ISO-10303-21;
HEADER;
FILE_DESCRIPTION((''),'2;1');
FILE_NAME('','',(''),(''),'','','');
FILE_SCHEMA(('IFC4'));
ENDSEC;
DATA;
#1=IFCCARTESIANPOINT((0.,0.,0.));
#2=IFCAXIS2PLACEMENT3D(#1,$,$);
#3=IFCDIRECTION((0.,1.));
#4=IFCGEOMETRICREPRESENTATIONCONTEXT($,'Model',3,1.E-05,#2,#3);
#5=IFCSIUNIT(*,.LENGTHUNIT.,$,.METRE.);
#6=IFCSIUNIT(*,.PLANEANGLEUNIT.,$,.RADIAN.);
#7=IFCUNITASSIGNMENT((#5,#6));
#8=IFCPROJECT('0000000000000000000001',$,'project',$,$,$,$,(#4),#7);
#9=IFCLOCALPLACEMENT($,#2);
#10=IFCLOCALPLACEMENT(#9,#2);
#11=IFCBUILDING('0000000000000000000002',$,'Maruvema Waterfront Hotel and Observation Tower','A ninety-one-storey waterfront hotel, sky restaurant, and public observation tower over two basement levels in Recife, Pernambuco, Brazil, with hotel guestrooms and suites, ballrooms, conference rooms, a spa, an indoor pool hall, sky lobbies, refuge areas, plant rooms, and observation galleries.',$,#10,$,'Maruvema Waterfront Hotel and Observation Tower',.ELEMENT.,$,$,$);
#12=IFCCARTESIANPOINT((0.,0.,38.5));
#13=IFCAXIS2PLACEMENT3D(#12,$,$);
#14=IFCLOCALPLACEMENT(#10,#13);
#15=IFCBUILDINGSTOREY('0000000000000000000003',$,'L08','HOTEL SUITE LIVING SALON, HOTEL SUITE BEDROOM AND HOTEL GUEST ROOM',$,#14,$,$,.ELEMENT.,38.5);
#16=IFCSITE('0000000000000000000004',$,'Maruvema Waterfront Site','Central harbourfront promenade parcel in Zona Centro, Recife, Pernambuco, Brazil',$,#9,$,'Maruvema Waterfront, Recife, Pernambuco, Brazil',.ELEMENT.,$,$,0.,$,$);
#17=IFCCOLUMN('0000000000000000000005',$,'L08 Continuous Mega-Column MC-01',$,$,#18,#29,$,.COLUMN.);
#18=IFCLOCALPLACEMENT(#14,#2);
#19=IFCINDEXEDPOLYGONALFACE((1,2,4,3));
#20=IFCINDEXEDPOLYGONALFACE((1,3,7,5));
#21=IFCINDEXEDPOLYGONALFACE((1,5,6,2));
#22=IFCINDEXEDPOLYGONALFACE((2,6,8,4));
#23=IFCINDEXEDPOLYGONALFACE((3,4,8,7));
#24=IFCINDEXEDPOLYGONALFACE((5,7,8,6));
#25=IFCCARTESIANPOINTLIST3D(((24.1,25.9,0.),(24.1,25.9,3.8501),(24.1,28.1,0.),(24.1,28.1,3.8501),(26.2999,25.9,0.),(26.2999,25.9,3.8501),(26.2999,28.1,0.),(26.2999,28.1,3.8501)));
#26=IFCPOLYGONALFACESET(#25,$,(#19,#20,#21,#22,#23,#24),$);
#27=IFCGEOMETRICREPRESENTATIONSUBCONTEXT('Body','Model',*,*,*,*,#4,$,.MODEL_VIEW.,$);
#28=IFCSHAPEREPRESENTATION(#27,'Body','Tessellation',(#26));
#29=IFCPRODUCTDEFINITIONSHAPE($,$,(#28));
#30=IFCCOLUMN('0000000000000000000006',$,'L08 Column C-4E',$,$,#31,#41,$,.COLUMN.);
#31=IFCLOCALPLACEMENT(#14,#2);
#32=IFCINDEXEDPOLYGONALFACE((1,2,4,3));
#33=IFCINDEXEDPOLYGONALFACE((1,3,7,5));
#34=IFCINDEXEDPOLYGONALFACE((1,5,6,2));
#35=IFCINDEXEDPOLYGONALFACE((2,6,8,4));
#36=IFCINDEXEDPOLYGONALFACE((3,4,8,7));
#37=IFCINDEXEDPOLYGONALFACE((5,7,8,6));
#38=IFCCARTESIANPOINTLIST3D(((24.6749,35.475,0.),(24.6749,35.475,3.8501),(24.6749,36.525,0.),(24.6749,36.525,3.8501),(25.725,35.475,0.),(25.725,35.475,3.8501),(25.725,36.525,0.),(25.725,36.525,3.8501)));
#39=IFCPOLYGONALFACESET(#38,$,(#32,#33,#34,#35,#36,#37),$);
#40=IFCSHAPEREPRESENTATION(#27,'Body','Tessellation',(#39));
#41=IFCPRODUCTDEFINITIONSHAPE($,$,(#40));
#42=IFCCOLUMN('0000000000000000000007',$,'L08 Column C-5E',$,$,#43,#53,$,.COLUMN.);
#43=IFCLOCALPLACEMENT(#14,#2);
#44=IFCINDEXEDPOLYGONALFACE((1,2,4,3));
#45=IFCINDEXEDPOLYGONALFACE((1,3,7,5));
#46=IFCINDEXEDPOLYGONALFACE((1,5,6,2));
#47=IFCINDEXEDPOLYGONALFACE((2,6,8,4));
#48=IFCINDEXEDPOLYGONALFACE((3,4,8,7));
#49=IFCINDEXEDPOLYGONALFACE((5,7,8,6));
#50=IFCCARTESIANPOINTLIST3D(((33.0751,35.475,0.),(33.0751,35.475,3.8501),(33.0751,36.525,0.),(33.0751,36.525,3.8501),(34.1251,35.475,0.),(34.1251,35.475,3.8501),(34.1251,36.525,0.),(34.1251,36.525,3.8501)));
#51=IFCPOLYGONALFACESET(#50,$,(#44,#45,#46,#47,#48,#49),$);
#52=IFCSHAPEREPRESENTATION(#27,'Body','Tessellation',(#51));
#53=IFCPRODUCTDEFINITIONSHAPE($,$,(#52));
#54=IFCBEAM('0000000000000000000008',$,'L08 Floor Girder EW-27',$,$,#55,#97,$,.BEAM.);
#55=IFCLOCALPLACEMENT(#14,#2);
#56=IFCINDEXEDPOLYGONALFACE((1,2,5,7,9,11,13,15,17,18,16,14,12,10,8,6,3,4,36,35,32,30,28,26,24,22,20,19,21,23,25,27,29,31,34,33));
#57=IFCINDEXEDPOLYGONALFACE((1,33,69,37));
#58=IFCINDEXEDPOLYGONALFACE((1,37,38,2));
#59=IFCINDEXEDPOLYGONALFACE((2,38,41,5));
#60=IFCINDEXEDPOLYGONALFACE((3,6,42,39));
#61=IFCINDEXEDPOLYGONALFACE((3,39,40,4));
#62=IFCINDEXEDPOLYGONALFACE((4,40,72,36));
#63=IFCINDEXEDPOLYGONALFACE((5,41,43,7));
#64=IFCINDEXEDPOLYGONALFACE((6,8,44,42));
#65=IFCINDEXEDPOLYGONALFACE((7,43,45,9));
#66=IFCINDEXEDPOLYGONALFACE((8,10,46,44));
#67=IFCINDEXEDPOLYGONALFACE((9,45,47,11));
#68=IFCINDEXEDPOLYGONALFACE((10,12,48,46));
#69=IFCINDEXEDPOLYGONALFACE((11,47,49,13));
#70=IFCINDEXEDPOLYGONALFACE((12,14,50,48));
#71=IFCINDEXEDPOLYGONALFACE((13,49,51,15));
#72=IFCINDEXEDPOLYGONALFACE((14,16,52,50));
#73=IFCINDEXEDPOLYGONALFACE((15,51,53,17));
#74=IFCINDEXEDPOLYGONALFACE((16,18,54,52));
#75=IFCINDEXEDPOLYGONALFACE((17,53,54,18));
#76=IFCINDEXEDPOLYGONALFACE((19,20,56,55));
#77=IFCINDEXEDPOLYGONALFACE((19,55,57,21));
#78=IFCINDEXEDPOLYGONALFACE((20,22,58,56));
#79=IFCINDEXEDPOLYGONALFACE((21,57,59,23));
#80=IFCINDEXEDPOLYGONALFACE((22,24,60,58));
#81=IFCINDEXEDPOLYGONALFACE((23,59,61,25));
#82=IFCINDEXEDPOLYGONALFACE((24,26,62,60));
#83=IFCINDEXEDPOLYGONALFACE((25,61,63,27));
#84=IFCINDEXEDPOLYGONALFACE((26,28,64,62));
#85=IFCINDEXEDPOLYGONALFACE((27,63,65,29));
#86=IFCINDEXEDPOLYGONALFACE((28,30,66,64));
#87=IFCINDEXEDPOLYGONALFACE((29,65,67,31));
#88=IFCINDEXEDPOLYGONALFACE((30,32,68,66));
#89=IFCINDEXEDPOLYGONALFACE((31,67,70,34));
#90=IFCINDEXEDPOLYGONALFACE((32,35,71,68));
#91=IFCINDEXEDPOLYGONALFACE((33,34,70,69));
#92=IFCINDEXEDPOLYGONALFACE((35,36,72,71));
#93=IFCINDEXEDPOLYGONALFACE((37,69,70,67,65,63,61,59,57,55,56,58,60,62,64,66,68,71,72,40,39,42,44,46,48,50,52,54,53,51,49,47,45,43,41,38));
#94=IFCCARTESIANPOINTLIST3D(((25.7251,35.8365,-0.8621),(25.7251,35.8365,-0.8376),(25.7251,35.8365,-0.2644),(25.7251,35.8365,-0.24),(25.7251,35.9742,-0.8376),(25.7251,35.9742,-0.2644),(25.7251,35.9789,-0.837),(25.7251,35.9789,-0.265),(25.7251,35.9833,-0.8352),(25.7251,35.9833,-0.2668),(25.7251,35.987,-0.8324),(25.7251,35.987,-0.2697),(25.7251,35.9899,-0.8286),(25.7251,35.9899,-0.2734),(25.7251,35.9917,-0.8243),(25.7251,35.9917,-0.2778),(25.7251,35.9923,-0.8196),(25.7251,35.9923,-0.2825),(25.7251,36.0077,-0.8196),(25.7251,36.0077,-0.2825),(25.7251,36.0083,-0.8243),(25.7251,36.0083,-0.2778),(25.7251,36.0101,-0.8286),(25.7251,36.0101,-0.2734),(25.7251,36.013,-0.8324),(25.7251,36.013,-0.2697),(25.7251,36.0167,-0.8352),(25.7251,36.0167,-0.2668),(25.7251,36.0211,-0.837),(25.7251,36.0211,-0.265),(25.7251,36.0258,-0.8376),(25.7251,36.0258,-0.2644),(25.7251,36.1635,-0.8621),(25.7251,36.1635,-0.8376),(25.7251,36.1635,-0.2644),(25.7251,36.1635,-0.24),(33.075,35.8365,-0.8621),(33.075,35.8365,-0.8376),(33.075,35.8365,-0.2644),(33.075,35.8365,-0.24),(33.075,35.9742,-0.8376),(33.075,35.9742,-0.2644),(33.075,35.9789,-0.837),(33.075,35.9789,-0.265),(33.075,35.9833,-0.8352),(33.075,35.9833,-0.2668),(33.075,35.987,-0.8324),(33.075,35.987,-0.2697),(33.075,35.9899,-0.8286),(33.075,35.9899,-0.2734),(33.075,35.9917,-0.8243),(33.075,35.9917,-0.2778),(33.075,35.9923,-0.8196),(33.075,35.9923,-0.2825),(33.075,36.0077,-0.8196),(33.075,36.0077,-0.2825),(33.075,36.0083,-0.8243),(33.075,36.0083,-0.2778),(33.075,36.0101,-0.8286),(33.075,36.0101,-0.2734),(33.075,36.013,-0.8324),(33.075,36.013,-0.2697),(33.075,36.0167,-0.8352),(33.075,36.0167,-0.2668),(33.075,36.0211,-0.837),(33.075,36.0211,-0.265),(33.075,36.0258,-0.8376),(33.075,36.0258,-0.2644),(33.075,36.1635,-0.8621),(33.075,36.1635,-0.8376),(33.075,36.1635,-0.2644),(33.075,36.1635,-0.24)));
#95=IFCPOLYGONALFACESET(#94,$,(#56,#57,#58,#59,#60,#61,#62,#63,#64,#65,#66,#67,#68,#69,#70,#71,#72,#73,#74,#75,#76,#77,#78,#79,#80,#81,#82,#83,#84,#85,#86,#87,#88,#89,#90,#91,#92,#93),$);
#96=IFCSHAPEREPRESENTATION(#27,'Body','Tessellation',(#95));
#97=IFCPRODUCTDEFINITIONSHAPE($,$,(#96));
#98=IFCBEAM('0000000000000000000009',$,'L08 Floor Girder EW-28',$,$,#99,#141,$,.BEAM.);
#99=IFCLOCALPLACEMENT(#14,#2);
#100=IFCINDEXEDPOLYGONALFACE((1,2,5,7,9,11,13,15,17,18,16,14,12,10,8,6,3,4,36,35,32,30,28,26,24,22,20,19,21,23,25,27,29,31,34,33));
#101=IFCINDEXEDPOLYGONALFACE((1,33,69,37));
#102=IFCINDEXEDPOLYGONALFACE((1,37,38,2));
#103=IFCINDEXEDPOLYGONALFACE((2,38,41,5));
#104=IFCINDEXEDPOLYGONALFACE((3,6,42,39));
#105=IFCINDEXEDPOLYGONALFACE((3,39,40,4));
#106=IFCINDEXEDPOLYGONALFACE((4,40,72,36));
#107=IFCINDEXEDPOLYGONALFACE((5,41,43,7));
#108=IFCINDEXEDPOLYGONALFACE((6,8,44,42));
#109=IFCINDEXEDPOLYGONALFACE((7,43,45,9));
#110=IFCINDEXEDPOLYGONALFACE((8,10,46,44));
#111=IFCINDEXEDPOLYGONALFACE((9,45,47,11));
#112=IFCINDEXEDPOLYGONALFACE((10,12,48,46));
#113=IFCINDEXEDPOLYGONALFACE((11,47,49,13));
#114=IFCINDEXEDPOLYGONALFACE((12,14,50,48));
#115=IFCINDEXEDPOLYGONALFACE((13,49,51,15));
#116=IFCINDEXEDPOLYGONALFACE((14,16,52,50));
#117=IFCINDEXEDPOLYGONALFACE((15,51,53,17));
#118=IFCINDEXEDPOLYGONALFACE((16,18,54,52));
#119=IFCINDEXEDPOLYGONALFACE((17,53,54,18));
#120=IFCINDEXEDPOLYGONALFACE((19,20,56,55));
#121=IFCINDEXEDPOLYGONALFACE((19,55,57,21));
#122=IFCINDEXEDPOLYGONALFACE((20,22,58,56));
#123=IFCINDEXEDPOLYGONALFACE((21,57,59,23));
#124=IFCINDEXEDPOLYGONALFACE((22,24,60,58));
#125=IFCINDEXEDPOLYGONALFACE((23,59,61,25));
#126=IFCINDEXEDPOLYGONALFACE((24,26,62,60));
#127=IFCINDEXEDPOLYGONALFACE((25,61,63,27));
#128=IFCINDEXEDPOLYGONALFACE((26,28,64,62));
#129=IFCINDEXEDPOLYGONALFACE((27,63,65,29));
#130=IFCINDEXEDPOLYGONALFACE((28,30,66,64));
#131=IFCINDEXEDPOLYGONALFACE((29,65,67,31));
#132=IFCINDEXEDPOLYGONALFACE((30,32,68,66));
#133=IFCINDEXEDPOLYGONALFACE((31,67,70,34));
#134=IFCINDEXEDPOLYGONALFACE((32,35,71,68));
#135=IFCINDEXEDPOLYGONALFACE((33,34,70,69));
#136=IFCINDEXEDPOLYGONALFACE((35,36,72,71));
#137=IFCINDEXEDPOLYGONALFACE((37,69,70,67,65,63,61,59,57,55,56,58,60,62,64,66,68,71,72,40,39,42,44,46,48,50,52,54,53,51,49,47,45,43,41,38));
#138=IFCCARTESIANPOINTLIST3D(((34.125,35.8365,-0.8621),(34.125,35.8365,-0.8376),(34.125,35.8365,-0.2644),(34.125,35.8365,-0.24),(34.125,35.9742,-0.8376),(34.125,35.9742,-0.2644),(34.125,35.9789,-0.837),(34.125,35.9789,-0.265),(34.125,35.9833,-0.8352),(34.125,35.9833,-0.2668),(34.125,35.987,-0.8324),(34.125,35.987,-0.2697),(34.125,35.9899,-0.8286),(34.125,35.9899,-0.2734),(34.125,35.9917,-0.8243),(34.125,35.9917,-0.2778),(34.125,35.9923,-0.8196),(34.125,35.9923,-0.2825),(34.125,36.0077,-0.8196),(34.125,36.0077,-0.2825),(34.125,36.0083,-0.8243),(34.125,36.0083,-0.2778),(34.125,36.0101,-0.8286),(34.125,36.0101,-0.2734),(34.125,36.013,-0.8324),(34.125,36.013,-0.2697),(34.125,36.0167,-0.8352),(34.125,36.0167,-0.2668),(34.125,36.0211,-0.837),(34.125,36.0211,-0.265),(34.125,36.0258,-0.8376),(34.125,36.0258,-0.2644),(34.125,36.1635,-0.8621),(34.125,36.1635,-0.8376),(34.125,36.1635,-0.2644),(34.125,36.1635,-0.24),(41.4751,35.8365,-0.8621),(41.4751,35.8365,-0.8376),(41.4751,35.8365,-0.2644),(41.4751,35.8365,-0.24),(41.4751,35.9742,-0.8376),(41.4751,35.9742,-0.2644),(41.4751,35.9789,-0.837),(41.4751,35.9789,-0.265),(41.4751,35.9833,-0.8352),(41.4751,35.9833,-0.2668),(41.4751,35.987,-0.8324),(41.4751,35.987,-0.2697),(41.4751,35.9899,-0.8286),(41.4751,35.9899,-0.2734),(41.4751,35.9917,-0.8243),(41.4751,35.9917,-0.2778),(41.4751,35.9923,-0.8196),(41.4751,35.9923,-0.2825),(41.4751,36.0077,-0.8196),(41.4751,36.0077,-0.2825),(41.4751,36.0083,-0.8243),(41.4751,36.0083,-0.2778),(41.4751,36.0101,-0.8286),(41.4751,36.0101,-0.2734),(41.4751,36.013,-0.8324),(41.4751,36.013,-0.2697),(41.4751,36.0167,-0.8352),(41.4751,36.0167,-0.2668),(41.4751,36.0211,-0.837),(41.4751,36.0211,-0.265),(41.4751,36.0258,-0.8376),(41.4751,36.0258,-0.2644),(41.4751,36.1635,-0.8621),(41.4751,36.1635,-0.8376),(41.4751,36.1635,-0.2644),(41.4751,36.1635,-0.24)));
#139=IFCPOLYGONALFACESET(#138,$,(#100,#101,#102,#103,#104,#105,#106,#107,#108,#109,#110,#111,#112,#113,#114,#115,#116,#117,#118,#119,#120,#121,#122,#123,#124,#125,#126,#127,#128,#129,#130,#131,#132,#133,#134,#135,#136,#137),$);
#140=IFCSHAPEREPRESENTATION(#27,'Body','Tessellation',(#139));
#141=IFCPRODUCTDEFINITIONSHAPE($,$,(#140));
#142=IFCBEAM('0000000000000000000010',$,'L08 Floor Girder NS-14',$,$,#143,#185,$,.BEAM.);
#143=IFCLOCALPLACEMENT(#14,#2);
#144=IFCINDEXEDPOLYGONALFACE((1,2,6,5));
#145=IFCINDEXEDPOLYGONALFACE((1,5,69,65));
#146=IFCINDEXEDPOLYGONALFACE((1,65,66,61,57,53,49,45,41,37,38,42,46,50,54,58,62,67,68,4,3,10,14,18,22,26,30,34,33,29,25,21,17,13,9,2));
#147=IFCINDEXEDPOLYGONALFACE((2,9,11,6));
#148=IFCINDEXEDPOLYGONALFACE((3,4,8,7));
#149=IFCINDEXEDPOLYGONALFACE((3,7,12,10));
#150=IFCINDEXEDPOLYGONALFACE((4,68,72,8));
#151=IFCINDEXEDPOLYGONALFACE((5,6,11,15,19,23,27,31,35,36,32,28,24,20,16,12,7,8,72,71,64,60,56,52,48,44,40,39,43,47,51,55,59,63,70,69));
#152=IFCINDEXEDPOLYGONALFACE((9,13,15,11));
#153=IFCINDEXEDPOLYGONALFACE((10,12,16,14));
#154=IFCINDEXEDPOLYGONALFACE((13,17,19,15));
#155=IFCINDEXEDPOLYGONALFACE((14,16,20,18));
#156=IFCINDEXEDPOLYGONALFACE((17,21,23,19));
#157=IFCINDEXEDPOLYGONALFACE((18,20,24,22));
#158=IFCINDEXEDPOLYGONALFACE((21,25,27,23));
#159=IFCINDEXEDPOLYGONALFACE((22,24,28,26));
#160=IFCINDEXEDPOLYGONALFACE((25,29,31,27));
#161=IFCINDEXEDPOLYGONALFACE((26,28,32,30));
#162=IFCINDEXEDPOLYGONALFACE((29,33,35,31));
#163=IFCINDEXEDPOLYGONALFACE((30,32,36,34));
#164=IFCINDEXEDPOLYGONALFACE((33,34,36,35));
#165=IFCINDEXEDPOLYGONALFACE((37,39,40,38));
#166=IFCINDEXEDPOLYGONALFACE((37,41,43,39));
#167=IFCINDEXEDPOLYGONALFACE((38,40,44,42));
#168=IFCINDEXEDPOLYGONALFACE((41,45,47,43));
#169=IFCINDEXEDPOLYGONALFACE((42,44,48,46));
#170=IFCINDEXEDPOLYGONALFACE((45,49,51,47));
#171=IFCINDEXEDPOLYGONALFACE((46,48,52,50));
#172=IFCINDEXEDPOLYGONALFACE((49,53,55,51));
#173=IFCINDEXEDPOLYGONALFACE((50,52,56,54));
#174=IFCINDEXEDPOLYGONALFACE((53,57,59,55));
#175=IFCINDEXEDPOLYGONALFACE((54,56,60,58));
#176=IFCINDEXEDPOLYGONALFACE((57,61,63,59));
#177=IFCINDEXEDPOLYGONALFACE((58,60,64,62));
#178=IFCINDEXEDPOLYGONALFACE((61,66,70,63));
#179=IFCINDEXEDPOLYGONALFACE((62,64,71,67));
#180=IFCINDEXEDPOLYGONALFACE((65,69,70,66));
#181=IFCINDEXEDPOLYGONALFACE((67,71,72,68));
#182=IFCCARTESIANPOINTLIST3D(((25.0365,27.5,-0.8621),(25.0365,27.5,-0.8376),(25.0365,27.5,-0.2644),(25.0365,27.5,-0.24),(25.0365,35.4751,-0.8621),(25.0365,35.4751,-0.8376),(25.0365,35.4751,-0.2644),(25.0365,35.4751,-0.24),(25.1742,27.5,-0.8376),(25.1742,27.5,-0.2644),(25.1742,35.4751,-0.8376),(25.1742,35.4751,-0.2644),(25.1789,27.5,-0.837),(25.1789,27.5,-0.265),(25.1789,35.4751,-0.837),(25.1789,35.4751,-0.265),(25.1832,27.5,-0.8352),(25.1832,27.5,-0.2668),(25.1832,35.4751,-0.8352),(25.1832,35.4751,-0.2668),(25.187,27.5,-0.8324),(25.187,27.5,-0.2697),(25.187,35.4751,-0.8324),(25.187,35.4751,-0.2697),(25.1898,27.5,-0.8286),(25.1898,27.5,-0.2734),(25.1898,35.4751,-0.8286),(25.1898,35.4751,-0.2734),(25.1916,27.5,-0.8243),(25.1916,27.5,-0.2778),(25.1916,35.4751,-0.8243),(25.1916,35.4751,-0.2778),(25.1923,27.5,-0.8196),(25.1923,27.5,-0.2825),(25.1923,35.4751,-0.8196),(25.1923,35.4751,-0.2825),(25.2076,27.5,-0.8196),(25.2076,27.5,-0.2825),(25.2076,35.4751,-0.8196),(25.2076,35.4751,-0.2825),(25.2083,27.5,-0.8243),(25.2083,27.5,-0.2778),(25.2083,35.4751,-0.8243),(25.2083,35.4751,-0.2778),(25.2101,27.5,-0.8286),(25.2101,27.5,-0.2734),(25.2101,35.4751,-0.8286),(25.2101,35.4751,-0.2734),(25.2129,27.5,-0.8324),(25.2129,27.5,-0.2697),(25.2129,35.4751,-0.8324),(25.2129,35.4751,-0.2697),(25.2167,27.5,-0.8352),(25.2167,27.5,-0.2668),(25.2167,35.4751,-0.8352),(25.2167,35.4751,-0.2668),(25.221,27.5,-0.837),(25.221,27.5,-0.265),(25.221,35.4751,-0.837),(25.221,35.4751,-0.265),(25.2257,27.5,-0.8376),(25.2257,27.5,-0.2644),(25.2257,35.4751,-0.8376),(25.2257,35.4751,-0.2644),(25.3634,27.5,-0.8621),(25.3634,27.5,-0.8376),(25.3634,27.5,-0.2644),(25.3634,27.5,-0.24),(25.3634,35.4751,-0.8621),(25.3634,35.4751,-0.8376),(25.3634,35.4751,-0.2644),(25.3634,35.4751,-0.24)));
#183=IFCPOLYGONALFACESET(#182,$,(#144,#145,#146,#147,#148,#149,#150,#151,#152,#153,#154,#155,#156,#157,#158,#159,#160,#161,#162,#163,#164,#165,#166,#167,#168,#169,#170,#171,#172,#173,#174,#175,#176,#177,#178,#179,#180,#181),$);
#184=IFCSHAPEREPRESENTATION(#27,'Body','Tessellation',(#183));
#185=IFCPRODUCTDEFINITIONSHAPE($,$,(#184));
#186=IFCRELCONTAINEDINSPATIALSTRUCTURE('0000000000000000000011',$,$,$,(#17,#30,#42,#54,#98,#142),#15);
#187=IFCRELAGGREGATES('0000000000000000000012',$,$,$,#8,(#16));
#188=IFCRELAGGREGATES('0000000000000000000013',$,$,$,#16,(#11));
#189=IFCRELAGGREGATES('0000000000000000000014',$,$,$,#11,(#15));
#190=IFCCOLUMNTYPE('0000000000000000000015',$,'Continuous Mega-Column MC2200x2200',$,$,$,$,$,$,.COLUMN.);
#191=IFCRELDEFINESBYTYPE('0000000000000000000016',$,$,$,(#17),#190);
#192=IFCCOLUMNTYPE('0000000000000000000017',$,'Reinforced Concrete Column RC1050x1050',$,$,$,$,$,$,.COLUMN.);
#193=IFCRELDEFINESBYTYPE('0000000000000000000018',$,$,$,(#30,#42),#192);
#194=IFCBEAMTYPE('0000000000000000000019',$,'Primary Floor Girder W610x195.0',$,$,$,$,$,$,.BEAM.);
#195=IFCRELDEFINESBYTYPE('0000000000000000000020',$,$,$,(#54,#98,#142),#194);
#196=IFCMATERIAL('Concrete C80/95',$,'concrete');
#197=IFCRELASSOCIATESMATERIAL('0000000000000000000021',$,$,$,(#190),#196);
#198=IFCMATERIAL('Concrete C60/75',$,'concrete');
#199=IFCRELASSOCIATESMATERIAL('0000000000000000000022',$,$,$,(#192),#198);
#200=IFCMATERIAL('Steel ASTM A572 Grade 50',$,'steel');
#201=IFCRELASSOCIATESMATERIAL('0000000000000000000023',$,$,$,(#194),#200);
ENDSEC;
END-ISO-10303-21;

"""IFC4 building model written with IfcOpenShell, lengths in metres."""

from ifc_helpers import new_model, si_unit, direction, frame, origin, origin_2d, place, context, subcontext, project, spatial, rectangle, i_section, extrude, material, material_profile, profile_set, type_object, element, save


model = new_model("IFC4")

# Units and contexts
model_context = context("Model", 3, precision=1e-05, world=origin(), true_north=direction((0.0, 1.0)))
body_context = subcontext(model_context, "Body", "Model", "MODEL_VIEW")
ifc_project = project(units=[si_unit("LENGTHUNIT", "METRE"), si_unit("PLANEANGLEUNIT", "RADIAN")], contexts=[model_context])

# Site, building, storey
site_placement = place(None, origin())
site = spatial("IfcSite", under=ifc_project, at=site_placement, Name="Maruvema Waterfront Site", Description="Central harbourfront promenade parcel in Zona Centro, Recife, Pernambuco, Brazil", LongName="Maruvema Waterfront, Recife, Pernambuco, Brazil", CompositionType="ELEMENT", RefElevation=0.0)
building_placement = place(site_placement, origin())
building = spatial("IfcBuilding", under=site, at=building_placement, Name="Maruvema Waterfront Hotel and Observation Tower", Description="A ninety-one-storey waterfront hotel, sky restaurant, and public observation tower over two basement levels in Recife, Pernambuco, Brazil, with hotel guestrooms and suites, ballrooms, conference rooms, a spa, an indoor pool hall, sky lobbies, refuge areas, plant rooms, and observation galleries.", LongName="Maruvema Waterfront Hotel and Observation Tower", CompositionType="ELEMENT")
storey_placement = place(building_placement, frame((0.0, 0.0, 38.5)))
storey = spatial("IfcBuildingStorey", under=building, at=storey_placement, Name="L08", Description="HOTEL SUITE LIVING SALON, HOTEL SUITE BEDROOM AND HOTEL GUEST ROOM", CompositionType="ELEMENT", Elevation=38.5)

# Columns
ifc_material_1 = material(Name="Concrete C80/95", Category="concrete")
ifc_material_profile_1 = material_profile(ifc_material_1, rectangle(XDim=2.2, YDim=2.2, at=origin_2d()), Name="MC2200x2200")
ifc_profile_set_1 = profile_set([ifc_material_profile_1], Name="Concrete C80/95")
column_type_1 = type_object("IfcColumnType", Name="Continuous Mega-Column MC2200x2200", PredefinedType="COLUMN", material=ifc_profile_set_1)
column_placement = place(storey_placement, frame((25.2, 27.0, 0.0), z_axis=(0.0, 0.0, 1.0), x_axis=(1.0, 0.0, 0.0)))
element("IfcColumn", 1, at=column_placement, inside=storey, type_object=column_type_1, Name="L08 Continuous Mega-Column MC-01", PredefinedType="COLUMN", context=body_context, shape_type="SweptSolid", body=[
    extrude(rectangle(XDim=2.2, YDim=2.2, at=origin_2d()), origin(), (0.0, 0.0, 1.0), 3.8501),
])
ifc_material_2 = material(Name="Concrete C60/75", Category="concrete")
ifc_material_profile_2 = material_profile(ifc_material_2, rectangle(XDim=1.05, YDim=1.05, at=origin_2d()), Name="RC1050x1050")
ifc_profile_set_2 = profile_set([ifc_material_profile_2], Name="Concrete C60/75")
column_type_2 = type_object("IfcColumnType", Name="Reinforced Concrete Column RC1050x1050", PredefinedType="COLUMN", material=ifc_profile_set_2)
for number, where, z_axis, x_axis, name in (
    (2, (25.2, 36.0, 0.0), (0.0, 0.0, 1.0), (1.0, 0.0, 0.0), "L08 Column C-4E"),
    (3, (33.6001, 36.0, 0.0), (0.0, 0.0, 1.0), (1.0, 0.0, 0.0), "L08 Column C-5E"),
):
    element("IfcColumn", number, at=place(storey_placement, frame(where, z_axis=z_axis, x_axis=x_axis)), inside=storey, type_object=column_type_2, Name=name, PredefinedType="COLUMN", context=body_context, shape_type="SweptSolid", body=[
        extrude(rectangle(XDim=1.05, YDim=1.05, at=origin_2d()), origin(), (0.0, 0.0, 1.0), 3.8501),
    ])

# Beams
ifc_material_3 = material(Name="Steel ASTM A572 Grade 50", Category="steel")
ifc_material_profile_3 = material_profile(ifc_material_3, i_section(OverallWidth=0.3269, OverallDepth=0.6221, WebThickness=0.0154, FlangeThickness=0.0244, FilletRadius=0.0181, at=origin_2d()), Name="W610x195.0")
ifc_profile_set_3 = profile_set([ifc_material_profile_3], Name="Steel ASTM A572 Grade 50")
beam_type_1 = type_object("IfcBeamType", Name="Primary Floor Girder W610x195.0", PredefinedType="BEAM", material=ifc_profile_set_3)
beam_1_placement = place(storey_placement, frame((25.7251, 36.0, -0.551), z_axis=(1.0, 0.0, 0.0), x_axis=(0.0, 1.0, 0.0)))
element("IfcBeam", 4, at=beam_1_placement, inside=storey, type_object=beam_type_1, Name="L08 Floor Girder EW-27", PredefinedType="BEAM", context=body_context, shape_type="SweptSolid", body=[
    extrude(i_section(OverallWidth=0.3269, OverallDepth=0.6221, WebThickness=0.0154, FlangeThickness=0.0244, FilletRadius=0.0181, at=origin_2d()), origin(), (0.0, 0.0, 1.0), 7.3499),
])
beam_2_placement = place(storey_placement, frame((34.125, 36.0, -0.551), z_axis=(1.0, 0.0, 0.0), x_axis=(0.0, 1.0, 0.0)))
element("IfcBeam", 5, at=beam_2_placement, inside=storey, type_object=beam_type_1, Name="L08 Floor Girder EW-28", PredefinedType="BEAM", context=body_context, shape_type="SweptSolid", body=[
    extrude(i_section(OverallWidth=0.3269, OverallDepth=0.6221, WebThickness=0.0154, FlangeThickness=0.0244, FilletRadius=0.0181, at=origin_2d()), origin(), (0.0, 0.0, 1.0), 7.3501),
])
for number, where, z_axis, x_axis, name in (
    (6, (25.2, 27.5, -0.551), (0.0, 1.0, 0.0), (-1.0, 0.0, 0.0), "L08 Floor Girder NS-14"),
):
    element("IfcBeam", number, at=place(storey_placement, frame(where, z_axis=z_axis, x_axis=x_axis)), inside=storey, type_object=beam_type_1, Name=name, PredefinedType="BEAM", context=body_context, shape_type="SweptSolid", body=[
        extrude(i_section(OverallWidth=0.3269, OverallDepth=0.6221, WebThickness=0.0154, FlangeThickness=0.0244, FilletRadius=0.0181, at=origin_2d()), origin(), (0.0, 0.0, 1.0), 7.9751),
    ])

save(model, "model.ifc")
